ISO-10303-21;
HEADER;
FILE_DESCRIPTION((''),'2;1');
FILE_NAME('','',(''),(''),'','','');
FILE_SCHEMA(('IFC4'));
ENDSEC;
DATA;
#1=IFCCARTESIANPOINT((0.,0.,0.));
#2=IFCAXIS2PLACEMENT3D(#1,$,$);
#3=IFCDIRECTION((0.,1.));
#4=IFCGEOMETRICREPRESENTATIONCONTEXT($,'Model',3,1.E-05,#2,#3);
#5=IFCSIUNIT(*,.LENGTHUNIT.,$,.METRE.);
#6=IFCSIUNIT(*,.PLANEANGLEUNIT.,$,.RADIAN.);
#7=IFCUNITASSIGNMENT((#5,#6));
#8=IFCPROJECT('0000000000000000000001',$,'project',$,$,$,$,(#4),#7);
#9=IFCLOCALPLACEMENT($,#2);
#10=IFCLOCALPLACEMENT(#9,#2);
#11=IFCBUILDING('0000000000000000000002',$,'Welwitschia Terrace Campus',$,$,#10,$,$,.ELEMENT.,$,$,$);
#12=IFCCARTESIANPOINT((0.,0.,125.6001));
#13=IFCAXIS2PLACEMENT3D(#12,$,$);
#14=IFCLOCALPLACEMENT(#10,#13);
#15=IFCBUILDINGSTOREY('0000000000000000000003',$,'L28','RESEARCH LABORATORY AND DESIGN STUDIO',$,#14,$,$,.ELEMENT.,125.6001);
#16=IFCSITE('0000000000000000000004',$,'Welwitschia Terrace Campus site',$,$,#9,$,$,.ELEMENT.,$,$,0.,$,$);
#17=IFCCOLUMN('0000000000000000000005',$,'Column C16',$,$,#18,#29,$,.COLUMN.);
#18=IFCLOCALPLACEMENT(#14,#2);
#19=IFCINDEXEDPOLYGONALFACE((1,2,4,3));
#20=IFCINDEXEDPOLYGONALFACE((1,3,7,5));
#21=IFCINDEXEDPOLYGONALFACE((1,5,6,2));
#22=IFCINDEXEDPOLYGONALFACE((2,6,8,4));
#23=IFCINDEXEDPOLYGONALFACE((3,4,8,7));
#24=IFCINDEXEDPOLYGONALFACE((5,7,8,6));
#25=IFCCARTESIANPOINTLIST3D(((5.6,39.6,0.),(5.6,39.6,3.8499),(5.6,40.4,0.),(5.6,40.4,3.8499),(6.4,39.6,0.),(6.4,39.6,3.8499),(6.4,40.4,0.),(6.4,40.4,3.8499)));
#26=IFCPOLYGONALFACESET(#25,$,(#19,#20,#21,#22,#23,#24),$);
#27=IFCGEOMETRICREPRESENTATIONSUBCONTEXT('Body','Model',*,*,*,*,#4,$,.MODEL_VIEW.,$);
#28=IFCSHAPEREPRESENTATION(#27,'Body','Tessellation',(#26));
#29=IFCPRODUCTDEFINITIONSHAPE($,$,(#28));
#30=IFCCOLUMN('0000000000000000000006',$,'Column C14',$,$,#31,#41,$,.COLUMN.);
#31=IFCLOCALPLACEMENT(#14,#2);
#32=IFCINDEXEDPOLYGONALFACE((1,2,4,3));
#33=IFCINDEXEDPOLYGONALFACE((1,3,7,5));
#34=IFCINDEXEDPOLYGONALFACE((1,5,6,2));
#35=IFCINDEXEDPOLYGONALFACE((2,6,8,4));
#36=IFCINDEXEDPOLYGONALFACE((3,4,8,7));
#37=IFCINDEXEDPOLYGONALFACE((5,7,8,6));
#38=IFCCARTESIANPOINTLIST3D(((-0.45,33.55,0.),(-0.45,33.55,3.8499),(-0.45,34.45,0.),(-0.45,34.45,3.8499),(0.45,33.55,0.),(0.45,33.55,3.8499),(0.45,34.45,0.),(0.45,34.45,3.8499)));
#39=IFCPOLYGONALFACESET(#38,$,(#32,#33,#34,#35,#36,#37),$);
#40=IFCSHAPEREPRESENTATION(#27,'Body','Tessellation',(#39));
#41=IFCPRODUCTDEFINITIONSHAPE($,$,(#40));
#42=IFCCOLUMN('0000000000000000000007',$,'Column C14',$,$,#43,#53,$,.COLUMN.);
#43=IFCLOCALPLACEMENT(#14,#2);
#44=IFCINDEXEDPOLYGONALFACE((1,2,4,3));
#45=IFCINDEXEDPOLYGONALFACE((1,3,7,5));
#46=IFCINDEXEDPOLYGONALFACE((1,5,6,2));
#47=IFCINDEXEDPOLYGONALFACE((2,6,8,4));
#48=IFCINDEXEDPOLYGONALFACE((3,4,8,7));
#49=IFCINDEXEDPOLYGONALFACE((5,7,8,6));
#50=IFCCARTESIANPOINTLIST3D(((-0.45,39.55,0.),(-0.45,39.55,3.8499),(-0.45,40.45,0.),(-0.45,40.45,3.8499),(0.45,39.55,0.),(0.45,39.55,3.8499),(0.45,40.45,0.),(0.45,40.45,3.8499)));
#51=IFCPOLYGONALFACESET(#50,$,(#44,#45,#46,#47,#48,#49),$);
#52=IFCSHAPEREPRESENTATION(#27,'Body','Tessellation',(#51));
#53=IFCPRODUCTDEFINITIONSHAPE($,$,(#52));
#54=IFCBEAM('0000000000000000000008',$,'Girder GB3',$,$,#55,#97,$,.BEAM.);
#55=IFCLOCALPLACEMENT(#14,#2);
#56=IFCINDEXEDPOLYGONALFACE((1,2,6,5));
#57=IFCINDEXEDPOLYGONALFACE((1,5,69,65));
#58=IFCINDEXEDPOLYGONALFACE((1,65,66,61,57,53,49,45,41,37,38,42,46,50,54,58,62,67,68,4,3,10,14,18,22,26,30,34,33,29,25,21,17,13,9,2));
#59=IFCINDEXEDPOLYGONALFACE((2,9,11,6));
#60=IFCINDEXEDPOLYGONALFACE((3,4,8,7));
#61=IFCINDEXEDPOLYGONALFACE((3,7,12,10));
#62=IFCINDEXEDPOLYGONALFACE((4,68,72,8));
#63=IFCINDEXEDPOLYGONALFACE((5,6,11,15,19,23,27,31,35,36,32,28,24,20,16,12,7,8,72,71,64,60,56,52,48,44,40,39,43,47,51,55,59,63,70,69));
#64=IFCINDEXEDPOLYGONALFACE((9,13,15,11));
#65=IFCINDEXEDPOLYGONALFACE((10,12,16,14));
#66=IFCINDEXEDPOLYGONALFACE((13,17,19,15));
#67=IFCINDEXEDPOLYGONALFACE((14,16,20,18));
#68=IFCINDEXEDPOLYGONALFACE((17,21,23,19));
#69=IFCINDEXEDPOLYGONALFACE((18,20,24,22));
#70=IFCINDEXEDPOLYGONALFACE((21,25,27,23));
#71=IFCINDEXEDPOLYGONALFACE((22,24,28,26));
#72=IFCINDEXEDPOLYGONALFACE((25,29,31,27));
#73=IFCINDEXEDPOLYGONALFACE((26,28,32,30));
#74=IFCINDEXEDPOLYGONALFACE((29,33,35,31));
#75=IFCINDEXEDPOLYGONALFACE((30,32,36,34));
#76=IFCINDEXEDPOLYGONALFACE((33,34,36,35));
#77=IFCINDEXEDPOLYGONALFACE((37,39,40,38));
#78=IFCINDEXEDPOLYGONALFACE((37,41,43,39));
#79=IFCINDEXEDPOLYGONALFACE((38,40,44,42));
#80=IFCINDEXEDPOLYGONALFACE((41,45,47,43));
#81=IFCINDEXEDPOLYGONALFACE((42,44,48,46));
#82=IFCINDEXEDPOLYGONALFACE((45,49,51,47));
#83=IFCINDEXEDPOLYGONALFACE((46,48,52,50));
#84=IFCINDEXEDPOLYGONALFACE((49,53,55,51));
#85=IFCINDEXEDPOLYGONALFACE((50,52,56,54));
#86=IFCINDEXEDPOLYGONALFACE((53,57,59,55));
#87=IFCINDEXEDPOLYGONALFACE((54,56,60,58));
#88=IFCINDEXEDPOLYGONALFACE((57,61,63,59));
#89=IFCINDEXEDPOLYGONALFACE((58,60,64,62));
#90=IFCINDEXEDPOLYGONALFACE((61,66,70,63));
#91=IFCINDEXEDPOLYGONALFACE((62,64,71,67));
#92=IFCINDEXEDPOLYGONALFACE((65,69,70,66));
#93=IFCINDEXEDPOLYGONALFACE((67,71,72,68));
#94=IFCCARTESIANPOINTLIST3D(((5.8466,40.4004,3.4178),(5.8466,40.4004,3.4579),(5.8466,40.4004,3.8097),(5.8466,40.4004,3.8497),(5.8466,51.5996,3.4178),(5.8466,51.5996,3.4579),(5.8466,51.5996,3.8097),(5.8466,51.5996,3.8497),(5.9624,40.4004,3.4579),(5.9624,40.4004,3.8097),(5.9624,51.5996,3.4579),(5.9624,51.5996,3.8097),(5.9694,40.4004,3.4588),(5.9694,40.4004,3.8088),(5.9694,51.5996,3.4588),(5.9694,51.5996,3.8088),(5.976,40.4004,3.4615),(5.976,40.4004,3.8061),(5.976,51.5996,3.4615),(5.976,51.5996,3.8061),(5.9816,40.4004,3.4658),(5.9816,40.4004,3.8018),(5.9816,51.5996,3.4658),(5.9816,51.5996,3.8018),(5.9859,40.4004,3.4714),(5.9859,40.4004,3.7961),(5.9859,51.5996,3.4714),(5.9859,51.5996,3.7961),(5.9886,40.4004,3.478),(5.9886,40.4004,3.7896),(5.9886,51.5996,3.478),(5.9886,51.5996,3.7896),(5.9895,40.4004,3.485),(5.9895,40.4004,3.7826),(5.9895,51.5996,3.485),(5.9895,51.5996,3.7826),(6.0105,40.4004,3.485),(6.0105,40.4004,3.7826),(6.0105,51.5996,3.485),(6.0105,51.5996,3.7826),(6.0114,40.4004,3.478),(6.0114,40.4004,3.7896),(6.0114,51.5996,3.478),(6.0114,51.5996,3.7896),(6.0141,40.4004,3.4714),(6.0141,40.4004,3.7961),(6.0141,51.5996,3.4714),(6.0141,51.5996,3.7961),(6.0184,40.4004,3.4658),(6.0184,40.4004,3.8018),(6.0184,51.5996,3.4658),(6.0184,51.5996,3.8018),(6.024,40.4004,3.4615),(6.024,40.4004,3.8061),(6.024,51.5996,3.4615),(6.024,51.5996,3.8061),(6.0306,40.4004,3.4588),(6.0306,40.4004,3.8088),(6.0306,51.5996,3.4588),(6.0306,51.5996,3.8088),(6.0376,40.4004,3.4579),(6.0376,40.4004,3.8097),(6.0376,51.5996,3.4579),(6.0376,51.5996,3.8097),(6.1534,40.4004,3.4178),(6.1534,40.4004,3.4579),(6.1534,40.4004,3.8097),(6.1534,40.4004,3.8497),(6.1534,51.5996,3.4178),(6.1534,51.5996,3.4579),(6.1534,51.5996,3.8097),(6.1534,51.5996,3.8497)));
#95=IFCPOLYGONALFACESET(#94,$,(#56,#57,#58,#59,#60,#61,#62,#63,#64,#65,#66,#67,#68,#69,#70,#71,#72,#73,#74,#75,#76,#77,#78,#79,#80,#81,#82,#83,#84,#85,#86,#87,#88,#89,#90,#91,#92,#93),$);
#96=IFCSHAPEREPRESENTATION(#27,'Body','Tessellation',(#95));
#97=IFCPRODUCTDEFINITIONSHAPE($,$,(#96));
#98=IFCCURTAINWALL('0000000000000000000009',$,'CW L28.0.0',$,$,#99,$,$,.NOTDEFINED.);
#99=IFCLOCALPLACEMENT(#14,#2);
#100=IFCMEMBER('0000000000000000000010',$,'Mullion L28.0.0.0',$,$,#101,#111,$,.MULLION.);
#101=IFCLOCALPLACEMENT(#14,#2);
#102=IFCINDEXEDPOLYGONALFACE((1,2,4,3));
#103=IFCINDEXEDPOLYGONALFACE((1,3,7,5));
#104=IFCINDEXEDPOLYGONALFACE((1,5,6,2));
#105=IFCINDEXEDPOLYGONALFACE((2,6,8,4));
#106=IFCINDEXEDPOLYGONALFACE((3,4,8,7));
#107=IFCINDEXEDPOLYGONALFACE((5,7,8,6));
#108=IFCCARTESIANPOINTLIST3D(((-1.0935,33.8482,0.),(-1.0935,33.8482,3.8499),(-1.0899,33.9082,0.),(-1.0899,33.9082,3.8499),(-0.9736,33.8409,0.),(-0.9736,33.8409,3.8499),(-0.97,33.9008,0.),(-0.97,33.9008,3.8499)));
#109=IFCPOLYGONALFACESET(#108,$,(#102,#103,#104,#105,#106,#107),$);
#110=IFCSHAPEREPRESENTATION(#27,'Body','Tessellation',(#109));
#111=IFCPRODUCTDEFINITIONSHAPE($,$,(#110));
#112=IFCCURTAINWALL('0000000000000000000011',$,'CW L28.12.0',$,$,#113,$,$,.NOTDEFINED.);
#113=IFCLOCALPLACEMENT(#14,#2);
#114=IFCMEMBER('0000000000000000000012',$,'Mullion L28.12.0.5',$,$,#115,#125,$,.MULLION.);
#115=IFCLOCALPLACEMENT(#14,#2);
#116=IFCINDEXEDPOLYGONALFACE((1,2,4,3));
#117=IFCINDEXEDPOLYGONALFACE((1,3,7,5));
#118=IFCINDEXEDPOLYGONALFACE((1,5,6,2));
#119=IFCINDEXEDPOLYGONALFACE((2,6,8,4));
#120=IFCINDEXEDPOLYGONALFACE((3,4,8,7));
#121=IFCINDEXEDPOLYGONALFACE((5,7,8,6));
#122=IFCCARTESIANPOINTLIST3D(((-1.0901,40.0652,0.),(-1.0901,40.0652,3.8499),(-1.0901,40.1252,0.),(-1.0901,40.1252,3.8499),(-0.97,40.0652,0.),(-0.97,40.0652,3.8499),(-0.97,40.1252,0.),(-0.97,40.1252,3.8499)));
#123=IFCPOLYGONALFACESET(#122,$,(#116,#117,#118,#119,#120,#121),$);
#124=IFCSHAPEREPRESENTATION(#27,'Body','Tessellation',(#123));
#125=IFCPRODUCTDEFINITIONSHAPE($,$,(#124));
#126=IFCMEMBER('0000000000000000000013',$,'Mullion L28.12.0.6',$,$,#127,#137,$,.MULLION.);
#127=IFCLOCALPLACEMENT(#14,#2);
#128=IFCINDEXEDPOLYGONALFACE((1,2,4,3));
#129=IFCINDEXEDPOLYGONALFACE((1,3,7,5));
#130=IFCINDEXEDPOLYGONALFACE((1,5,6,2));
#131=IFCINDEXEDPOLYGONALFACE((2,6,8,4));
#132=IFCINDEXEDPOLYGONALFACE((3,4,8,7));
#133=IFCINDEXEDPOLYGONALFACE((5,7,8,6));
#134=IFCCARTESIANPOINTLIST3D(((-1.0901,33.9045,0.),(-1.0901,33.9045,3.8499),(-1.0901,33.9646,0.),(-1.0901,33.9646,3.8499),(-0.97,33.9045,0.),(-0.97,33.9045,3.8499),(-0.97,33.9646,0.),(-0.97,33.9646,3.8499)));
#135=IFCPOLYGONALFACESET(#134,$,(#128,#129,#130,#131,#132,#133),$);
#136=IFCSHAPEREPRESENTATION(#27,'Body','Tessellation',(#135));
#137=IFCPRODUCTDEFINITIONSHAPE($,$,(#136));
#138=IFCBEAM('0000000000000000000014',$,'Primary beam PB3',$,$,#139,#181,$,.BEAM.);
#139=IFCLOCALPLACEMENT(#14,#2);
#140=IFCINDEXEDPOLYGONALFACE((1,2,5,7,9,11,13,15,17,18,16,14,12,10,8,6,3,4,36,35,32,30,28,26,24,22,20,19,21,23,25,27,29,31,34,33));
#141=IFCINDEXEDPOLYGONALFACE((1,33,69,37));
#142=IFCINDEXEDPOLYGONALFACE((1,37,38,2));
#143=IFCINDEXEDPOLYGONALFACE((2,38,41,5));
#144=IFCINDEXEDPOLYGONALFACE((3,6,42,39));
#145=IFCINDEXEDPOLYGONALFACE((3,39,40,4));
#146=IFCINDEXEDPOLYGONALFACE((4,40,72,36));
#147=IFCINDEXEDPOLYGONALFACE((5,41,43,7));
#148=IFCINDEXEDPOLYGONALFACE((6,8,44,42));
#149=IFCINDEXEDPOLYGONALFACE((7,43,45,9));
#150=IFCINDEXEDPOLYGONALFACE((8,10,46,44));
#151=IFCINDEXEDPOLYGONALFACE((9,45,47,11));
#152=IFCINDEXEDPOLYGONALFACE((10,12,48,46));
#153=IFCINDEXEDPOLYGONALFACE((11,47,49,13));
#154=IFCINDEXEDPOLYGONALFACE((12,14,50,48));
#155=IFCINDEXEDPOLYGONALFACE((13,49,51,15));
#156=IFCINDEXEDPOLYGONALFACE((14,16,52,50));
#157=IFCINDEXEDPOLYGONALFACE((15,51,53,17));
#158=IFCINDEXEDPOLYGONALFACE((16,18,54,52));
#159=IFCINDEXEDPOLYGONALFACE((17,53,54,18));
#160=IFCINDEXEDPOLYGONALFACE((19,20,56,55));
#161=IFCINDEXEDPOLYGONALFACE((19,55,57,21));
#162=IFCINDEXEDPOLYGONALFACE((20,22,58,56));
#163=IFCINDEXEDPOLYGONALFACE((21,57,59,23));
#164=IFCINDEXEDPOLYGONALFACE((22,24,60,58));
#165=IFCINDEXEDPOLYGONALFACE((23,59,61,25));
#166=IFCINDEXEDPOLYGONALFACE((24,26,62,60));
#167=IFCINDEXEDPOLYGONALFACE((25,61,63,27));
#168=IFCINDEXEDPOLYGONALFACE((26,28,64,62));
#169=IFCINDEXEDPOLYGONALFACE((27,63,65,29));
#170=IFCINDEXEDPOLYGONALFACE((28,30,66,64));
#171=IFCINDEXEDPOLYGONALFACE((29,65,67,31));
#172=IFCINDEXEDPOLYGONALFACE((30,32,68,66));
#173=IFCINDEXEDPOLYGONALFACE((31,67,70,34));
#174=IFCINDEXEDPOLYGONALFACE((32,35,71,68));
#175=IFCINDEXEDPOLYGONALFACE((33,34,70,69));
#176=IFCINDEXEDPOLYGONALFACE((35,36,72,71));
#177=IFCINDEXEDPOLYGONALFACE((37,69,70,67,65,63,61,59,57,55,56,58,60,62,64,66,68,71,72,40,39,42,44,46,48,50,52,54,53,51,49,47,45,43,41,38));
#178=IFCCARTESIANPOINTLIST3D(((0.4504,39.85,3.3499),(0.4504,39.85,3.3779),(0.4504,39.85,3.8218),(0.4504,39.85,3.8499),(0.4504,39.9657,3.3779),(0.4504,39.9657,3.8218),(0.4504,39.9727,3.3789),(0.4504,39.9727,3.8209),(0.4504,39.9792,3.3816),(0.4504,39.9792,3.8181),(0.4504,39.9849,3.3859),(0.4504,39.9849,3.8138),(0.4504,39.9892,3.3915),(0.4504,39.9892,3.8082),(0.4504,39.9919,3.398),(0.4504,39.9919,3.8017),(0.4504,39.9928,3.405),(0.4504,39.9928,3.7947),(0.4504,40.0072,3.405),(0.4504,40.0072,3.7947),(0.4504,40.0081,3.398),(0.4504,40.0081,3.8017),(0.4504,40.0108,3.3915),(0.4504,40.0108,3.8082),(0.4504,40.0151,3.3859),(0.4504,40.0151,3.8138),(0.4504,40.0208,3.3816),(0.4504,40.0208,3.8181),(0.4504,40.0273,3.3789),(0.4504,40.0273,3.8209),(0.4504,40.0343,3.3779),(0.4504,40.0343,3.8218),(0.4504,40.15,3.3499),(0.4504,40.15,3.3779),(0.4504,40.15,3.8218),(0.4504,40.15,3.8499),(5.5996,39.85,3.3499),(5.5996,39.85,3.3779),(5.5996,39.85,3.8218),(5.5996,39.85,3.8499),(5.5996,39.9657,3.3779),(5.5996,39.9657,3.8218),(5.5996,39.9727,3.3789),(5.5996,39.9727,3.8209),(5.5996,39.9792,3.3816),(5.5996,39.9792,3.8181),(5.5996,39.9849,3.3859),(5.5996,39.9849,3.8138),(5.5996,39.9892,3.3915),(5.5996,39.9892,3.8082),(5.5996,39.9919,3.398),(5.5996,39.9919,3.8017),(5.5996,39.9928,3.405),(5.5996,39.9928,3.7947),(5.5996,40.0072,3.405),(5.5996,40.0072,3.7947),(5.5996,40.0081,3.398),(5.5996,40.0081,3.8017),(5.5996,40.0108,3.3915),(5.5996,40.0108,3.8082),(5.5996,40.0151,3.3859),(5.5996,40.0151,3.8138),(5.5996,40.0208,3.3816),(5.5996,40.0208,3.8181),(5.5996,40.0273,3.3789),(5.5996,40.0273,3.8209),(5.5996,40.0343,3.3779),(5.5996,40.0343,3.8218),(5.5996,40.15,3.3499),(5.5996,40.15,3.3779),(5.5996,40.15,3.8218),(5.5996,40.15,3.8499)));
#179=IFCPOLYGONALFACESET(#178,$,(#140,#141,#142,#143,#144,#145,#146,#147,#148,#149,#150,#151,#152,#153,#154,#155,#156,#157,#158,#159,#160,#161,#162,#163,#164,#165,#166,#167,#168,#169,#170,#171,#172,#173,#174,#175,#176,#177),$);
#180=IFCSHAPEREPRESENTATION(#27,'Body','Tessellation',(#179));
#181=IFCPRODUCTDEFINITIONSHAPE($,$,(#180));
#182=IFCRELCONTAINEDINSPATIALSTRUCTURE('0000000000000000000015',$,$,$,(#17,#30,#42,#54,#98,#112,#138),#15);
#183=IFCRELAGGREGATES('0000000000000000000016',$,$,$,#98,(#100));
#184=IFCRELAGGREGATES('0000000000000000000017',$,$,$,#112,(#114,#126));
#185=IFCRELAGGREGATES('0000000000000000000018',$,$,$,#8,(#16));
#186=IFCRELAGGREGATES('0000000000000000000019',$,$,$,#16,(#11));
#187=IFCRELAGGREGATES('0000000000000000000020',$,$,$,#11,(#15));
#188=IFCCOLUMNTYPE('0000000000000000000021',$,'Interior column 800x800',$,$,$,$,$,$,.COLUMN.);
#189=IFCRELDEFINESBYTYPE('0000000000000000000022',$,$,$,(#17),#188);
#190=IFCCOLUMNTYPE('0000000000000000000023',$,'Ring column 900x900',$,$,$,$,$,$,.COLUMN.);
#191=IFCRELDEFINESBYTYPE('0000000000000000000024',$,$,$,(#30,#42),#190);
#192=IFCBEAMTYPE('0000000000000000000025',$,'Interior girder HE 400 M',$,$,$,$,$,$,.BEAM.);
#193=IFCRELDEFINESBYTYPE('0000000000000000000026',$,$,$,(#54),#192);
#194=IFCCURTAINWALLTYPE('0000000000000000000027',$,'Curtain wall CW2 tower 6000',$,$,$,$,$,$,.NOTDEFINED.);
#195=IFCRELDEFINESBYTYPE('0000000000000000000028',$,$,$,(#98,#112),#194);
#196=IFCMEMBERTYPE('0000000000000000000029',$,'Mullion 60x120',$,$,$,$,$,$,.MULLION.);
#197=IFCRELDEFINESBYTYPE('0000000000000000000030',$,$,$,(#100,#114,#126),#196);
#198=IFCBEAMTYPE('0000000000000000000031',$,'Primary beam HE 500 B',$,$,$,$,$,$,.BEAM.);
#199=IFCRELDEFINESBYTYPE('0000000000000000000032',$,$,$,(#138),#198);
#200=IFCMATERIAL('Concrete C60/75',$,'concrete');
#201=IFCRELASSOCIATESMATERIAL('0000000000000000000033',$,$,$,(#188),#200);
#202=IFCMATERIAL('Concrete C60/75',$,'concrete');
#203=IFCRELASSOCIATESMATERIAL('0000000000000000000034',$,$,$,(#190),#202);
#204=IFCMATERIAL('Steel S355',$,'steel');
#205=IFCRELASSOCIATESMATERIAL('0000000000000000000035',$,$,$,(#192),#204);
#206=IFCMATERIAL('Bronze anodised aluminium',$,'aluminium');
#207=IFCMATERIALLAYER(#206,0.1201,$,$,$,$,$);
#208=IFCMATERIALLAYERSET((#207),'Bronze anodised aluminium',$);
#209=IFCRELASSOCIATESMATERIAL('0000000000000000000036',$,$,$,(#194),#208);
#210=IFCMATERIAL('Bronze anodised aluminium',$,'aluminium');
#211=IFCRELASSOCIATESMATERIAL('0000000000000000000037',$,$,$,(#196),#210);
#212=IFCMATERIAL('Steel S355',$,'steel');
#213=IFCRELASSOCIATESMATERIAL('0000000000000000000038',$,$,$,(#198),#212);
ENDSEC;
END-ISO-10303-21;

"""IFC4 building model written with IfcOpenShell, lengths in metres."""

from ifc_helpers import new_model, si_unit, direction, frame, origin, origin_2d, place, context, subcontext, project, spatial, rectangle, i_section, extrude, material, layer, layer_set, material_profile, profile_set, type_object, element, aggregate, save


model = new_model("IFC4")

# Units and contexts
model_context = context("Model", 3, precision=1e-05, world=origin(), true_north=direction((0.0, 1.0)))
body_context = subcontext(model_context, "Body", "Model", "MODEL_VIEW")
ifc_project = project(units=[si_unit("LENGTHUNIT", "METRE"), si_unit("PLANEANGLEUNIT", "RADIAN")], contexts=[model_context])

# Site, building, storey
site_placement = place(None, origin())
site = spatial("IfcSite", under=ifc_project, at=site_placement, Name="Welwitschia Terrace Campus site", CompositionType="ELEMENT", RefElevation=0.0)
building_placement = place(site_placement, origin())
building = spatial("IfcBuilding", under=site, at=building_placement, Name="Welwitschia Terrace Campus", CompositionType="ELEMENT")
storey_placement = place(building_placement, frame((0.0, 0.0, 125.6001)))
storey = spatial("IfcBuildingStorey", under=building, at=storey_placement, Name="L28", Description="RESEARCH LABORATORY AND DESIGN STUDIO", CompositionType="ELEMENT", Elevation=125.6001)

# Columns
ifc_material_1 = material(Name="Concrete C60/75", Category="concrete")
ifc_material_profile_1 = material_profile(ifc_material_1, rectangle(XDim=0.8, YDim=0.8, at=origin_2d()))
ifc_profile_set_1 = profile_set([ifc_material_profile_1], Name="Concrete C60/75")
column_type_1 = type_object("IfcColumnType", Name="Interior column 800x800", PredefinedType="COLUMN", material=ifc_profile_set_1)
column_placement = place(storey_placement, frame((6.0, 40.0, 0.0), z_axis=(0.0, 0.0, 1.0), x_axis=(1.0, 0.0, 0.0)))
element("IfcColumn", 1, at=column_placement, inside=storey, type_object=column_type_1, Name="Column C16", PredefinedType="COLUMN", context=body_context, shape_type="SweptSolid", body=[
    extrude(rectangle(XDim=0.8, YDim=0.8, at=origin_2d()), origin(), (0.0, 0.0, 1.0), 3.8499),
])
ifc_material_2 = material(Name="Concrete C60/75", Category="concrete")
ifc_material_profile_2 = material_profile(ifc_material_2, rectangle(XDim=0.8999, YDim=0.8999, at=origin_2d()))
ifc_profile_set_2 = profile_set([ifc_material_profile_2], Name="Concrete C60/75")
column_type_2 = type_object("IfcColumnType", Name="Ring column 900x900", PredefinedType="COLUMN", material=ifc_profile_set_2)
for number, where, z_axis, x_axis, name in (
    (2, (0.0, 34.0, 0.0), (0.0, 0.0, 1.0), (1.0, 0.0, 0.0), "Column C14"),
    (3, (0.0, 40.0, 0.0), (0.0, 0.0, 1.0), (1.0, 0.0, 0.0), "Column C14"),
):
    element("IfcColumn", number, at=place(storey_placement, frame(where, z_axis=z_axis, x_axis=x_axis)), inside=storey, type_object=column_type_2, Name=name, PredefinedType="COLUMN", context=body_context, shape_type="SweptSolid", body=[
        extrude(rectangle(XDim=0.8999, YDim=0.8999, at=origin_2d()), origin(), (0.0, 0.0, 1.0), 3.8499),
    ])

# Beam
ifc_material_3 = material(Name="Steel S355", Category="steel")
ifc_material_profile_3 = material_profile(ifc_material_3, i_section(OverallWidth=0.3069, OverallDepth=0.4319, WebThickness=0.021, FlangeThickness=0.04, FilletRadius=0.0271, at=origin_2d()))
ifc_profile_set_3 = profile_set([ifc_material_profile_3], Name="Steel S355")
beam_type_1 = type_object("IfcBeamType", Name="Interior girder HE 400 M", PredefinedType="BEAM", material=ifc_profile_set_3)
beam_1_placement = place(storey_placement, frame((6.0, 40.4004, 3.6338), z_axis=(0.0, 1.0, 0.0), x_axis=(-1.0, 0.0, 0.0)))
element("IfcBeam", 4, at=beam_1_placement, inside=storey, type_object=beam_type_1, Name="Girder GB3", PredefinedType="BEAM", context=body_context, shape_type="SweptSolid", body=[
    extrude(i_section(OverallWidth=0.3069, OverallDepth=0.4319, WebThickness=0.021, FlangeThickness=0.04, FilletRadius=0.0271, at=origin_2d()), origin(), (0.0, 0.0, 1.0), 11.1992),
])

# Curtain wall, member
ifc_material_4 = material(Name="Bronze anodised aluminium", Category="aluminium")
ifc_layer_1 = layer(ifc_material_4, 0.1201)
ifc_layer_set_1 = layer_set([ifc_layer_1], Name="Bronze anodised aluminium")
curtain_wall_type = type_object("IfcCurtainWallType", Name="Curtain wall CW2 tower 6000", PredefinedType="NOTDEFINED", material=ifc_layer_set_1)
curtain_wall_1_placement = place(storey_placement, origin())
curtain_wall_1 = element("IfcCurtainWall", 5, at=curtain_wall_1_placement, inside=storey, type_object=curtain_wall_type, Name="CW L28.0.0", PredefinedType="NOTDEFINED")
ifc_material_5 = material(Name="Bronze anodised aluminium", Category="aluminium")
ifc_material_profile_4 = material_profile(ifc_material_5, rectangle(XDim=0.1201, YDim=0.0601, at=origin_2d()))
ifc_profile_set_4 = profile_set([ifc_material_profile_4], Name="Bronze anodised aluminium")
member_type_1 = type_object("IfcMemberType", Name="Mullion 60x120", PredefinedType="MULLION", material=ifc_profile_set_4)
member_1_placement = place(storey_placement, frame((-1.0317, 33.8745, 0.0), z_axis=(0.0, 0.0, 1.0), x_axis=(0.998135, -0.061049, 0.0)))
member_1 = element("IfcMember", 6, at=member_1_placement, type_object=member_type_1, Name="Mullion L28.0.0.0", PredefinedType="MULLION", context=body_context, shape_type="SweptSolid", body=[
    extrude(rectangle(XDim=0.1201, YDim=0.0601, at=origin_2d()), origin(), (0.0, 0.0, 1.0), 3.8499),
])

# Curtain wall, members
curtain_wall_2_placement = place(storey_placement, origin())
curtain_wall_2 = element("IfcCurtainWall", 7, at=curtain_wall_2_placement, inside=storey, type_object=curtain_wall_type, Name="CW L28.12.0", PredefinedType="NOTDEFINED")
member_2_placement = place(storey_placement, frame((-1.03, 40.0952, 0.0), z_axis=(0.0, 0.0, 1.0), x_axis=(1.0, 0.0, 0.0)))
member_2 = element("IfcMember", 8, at=member_2_placement, type_object=member_type_1, Name="Mullion L28.12.0.5", PredefinedType="MULLION", context=body_context, shape_type="SweptSolid", body=[
    extrude(rectangle(XDim=0.1201, YDim=0.0601, at=origin_2d()), origin(), (0.0, 0.0, 1.0), 3.8499),
])
member_3_placement = place(storey_placement, frame((-1.03, 33.9346, 0.0), z_axis=(0.0, 0.0, 1.0), x_axis=(1.0, 0.0, 0.0)))
member_3 = element("IfcMember", 9, at=member_3_placement, type_object=member_type_1, Name="Mullion L28.12.0.6", PredefinedType="MULLION", context=body_context, shape_type="SweptSolid", body=[
    extrude(rectangle(XDim=0.1201, YDim=0.0601, at=origin_2d()), origin(), (0.0, 0.0, 1.0), 3.8499),
])

# Beam
ifc_material_6 = material(Name="Steel S355", Category="steel")
ifc_material_profile_5 = material_profile(ifc_material_6, i_section(OverallWidth=0.3, OverallDepth=0.5, WebThickness=0.0144, FlangeThickness=0.0281, FilletRadius=0.0271, at=origin_2d()))
ifc_profile_set_5 = profile_set([ifc_material_profile_5], Name="Steel S355")
beam_type_2 = type_object("IfcBeamType", Name="Primary beam HE 500 B", PredefinedType="BEAM", material=ifc_profile_set_5)
beam_2_placement = place(storey_placement, frame((0.4504, 40.0, 3.5999), z_axis=(1.0, 0.0, 0.0), x_axis=(0.0, 1.0, 0.0)))
element("IfcBeam", 10, at=beam_2_placement, inside=storey, type_object=beam_type_2, Name="Primary beam PB3", PredefinedType="BEAM", context=body_context, shape_type="SweptSolid", body=[
    extrude(i_section(OverallWidth=0.3, OverallDepth=0.5, WebThickness=0.0144, FlangeThickness=0.0281, FilletRadius=0.0271, at=origin_2d()), origin(), (0.0, 0.0, 1.0), 5.1492),
])

aggregate(curtain_wall_1, [member_1])

aggregate(curtain_wall_2, [member_2, member_3])

save(model, "model.ifc")
